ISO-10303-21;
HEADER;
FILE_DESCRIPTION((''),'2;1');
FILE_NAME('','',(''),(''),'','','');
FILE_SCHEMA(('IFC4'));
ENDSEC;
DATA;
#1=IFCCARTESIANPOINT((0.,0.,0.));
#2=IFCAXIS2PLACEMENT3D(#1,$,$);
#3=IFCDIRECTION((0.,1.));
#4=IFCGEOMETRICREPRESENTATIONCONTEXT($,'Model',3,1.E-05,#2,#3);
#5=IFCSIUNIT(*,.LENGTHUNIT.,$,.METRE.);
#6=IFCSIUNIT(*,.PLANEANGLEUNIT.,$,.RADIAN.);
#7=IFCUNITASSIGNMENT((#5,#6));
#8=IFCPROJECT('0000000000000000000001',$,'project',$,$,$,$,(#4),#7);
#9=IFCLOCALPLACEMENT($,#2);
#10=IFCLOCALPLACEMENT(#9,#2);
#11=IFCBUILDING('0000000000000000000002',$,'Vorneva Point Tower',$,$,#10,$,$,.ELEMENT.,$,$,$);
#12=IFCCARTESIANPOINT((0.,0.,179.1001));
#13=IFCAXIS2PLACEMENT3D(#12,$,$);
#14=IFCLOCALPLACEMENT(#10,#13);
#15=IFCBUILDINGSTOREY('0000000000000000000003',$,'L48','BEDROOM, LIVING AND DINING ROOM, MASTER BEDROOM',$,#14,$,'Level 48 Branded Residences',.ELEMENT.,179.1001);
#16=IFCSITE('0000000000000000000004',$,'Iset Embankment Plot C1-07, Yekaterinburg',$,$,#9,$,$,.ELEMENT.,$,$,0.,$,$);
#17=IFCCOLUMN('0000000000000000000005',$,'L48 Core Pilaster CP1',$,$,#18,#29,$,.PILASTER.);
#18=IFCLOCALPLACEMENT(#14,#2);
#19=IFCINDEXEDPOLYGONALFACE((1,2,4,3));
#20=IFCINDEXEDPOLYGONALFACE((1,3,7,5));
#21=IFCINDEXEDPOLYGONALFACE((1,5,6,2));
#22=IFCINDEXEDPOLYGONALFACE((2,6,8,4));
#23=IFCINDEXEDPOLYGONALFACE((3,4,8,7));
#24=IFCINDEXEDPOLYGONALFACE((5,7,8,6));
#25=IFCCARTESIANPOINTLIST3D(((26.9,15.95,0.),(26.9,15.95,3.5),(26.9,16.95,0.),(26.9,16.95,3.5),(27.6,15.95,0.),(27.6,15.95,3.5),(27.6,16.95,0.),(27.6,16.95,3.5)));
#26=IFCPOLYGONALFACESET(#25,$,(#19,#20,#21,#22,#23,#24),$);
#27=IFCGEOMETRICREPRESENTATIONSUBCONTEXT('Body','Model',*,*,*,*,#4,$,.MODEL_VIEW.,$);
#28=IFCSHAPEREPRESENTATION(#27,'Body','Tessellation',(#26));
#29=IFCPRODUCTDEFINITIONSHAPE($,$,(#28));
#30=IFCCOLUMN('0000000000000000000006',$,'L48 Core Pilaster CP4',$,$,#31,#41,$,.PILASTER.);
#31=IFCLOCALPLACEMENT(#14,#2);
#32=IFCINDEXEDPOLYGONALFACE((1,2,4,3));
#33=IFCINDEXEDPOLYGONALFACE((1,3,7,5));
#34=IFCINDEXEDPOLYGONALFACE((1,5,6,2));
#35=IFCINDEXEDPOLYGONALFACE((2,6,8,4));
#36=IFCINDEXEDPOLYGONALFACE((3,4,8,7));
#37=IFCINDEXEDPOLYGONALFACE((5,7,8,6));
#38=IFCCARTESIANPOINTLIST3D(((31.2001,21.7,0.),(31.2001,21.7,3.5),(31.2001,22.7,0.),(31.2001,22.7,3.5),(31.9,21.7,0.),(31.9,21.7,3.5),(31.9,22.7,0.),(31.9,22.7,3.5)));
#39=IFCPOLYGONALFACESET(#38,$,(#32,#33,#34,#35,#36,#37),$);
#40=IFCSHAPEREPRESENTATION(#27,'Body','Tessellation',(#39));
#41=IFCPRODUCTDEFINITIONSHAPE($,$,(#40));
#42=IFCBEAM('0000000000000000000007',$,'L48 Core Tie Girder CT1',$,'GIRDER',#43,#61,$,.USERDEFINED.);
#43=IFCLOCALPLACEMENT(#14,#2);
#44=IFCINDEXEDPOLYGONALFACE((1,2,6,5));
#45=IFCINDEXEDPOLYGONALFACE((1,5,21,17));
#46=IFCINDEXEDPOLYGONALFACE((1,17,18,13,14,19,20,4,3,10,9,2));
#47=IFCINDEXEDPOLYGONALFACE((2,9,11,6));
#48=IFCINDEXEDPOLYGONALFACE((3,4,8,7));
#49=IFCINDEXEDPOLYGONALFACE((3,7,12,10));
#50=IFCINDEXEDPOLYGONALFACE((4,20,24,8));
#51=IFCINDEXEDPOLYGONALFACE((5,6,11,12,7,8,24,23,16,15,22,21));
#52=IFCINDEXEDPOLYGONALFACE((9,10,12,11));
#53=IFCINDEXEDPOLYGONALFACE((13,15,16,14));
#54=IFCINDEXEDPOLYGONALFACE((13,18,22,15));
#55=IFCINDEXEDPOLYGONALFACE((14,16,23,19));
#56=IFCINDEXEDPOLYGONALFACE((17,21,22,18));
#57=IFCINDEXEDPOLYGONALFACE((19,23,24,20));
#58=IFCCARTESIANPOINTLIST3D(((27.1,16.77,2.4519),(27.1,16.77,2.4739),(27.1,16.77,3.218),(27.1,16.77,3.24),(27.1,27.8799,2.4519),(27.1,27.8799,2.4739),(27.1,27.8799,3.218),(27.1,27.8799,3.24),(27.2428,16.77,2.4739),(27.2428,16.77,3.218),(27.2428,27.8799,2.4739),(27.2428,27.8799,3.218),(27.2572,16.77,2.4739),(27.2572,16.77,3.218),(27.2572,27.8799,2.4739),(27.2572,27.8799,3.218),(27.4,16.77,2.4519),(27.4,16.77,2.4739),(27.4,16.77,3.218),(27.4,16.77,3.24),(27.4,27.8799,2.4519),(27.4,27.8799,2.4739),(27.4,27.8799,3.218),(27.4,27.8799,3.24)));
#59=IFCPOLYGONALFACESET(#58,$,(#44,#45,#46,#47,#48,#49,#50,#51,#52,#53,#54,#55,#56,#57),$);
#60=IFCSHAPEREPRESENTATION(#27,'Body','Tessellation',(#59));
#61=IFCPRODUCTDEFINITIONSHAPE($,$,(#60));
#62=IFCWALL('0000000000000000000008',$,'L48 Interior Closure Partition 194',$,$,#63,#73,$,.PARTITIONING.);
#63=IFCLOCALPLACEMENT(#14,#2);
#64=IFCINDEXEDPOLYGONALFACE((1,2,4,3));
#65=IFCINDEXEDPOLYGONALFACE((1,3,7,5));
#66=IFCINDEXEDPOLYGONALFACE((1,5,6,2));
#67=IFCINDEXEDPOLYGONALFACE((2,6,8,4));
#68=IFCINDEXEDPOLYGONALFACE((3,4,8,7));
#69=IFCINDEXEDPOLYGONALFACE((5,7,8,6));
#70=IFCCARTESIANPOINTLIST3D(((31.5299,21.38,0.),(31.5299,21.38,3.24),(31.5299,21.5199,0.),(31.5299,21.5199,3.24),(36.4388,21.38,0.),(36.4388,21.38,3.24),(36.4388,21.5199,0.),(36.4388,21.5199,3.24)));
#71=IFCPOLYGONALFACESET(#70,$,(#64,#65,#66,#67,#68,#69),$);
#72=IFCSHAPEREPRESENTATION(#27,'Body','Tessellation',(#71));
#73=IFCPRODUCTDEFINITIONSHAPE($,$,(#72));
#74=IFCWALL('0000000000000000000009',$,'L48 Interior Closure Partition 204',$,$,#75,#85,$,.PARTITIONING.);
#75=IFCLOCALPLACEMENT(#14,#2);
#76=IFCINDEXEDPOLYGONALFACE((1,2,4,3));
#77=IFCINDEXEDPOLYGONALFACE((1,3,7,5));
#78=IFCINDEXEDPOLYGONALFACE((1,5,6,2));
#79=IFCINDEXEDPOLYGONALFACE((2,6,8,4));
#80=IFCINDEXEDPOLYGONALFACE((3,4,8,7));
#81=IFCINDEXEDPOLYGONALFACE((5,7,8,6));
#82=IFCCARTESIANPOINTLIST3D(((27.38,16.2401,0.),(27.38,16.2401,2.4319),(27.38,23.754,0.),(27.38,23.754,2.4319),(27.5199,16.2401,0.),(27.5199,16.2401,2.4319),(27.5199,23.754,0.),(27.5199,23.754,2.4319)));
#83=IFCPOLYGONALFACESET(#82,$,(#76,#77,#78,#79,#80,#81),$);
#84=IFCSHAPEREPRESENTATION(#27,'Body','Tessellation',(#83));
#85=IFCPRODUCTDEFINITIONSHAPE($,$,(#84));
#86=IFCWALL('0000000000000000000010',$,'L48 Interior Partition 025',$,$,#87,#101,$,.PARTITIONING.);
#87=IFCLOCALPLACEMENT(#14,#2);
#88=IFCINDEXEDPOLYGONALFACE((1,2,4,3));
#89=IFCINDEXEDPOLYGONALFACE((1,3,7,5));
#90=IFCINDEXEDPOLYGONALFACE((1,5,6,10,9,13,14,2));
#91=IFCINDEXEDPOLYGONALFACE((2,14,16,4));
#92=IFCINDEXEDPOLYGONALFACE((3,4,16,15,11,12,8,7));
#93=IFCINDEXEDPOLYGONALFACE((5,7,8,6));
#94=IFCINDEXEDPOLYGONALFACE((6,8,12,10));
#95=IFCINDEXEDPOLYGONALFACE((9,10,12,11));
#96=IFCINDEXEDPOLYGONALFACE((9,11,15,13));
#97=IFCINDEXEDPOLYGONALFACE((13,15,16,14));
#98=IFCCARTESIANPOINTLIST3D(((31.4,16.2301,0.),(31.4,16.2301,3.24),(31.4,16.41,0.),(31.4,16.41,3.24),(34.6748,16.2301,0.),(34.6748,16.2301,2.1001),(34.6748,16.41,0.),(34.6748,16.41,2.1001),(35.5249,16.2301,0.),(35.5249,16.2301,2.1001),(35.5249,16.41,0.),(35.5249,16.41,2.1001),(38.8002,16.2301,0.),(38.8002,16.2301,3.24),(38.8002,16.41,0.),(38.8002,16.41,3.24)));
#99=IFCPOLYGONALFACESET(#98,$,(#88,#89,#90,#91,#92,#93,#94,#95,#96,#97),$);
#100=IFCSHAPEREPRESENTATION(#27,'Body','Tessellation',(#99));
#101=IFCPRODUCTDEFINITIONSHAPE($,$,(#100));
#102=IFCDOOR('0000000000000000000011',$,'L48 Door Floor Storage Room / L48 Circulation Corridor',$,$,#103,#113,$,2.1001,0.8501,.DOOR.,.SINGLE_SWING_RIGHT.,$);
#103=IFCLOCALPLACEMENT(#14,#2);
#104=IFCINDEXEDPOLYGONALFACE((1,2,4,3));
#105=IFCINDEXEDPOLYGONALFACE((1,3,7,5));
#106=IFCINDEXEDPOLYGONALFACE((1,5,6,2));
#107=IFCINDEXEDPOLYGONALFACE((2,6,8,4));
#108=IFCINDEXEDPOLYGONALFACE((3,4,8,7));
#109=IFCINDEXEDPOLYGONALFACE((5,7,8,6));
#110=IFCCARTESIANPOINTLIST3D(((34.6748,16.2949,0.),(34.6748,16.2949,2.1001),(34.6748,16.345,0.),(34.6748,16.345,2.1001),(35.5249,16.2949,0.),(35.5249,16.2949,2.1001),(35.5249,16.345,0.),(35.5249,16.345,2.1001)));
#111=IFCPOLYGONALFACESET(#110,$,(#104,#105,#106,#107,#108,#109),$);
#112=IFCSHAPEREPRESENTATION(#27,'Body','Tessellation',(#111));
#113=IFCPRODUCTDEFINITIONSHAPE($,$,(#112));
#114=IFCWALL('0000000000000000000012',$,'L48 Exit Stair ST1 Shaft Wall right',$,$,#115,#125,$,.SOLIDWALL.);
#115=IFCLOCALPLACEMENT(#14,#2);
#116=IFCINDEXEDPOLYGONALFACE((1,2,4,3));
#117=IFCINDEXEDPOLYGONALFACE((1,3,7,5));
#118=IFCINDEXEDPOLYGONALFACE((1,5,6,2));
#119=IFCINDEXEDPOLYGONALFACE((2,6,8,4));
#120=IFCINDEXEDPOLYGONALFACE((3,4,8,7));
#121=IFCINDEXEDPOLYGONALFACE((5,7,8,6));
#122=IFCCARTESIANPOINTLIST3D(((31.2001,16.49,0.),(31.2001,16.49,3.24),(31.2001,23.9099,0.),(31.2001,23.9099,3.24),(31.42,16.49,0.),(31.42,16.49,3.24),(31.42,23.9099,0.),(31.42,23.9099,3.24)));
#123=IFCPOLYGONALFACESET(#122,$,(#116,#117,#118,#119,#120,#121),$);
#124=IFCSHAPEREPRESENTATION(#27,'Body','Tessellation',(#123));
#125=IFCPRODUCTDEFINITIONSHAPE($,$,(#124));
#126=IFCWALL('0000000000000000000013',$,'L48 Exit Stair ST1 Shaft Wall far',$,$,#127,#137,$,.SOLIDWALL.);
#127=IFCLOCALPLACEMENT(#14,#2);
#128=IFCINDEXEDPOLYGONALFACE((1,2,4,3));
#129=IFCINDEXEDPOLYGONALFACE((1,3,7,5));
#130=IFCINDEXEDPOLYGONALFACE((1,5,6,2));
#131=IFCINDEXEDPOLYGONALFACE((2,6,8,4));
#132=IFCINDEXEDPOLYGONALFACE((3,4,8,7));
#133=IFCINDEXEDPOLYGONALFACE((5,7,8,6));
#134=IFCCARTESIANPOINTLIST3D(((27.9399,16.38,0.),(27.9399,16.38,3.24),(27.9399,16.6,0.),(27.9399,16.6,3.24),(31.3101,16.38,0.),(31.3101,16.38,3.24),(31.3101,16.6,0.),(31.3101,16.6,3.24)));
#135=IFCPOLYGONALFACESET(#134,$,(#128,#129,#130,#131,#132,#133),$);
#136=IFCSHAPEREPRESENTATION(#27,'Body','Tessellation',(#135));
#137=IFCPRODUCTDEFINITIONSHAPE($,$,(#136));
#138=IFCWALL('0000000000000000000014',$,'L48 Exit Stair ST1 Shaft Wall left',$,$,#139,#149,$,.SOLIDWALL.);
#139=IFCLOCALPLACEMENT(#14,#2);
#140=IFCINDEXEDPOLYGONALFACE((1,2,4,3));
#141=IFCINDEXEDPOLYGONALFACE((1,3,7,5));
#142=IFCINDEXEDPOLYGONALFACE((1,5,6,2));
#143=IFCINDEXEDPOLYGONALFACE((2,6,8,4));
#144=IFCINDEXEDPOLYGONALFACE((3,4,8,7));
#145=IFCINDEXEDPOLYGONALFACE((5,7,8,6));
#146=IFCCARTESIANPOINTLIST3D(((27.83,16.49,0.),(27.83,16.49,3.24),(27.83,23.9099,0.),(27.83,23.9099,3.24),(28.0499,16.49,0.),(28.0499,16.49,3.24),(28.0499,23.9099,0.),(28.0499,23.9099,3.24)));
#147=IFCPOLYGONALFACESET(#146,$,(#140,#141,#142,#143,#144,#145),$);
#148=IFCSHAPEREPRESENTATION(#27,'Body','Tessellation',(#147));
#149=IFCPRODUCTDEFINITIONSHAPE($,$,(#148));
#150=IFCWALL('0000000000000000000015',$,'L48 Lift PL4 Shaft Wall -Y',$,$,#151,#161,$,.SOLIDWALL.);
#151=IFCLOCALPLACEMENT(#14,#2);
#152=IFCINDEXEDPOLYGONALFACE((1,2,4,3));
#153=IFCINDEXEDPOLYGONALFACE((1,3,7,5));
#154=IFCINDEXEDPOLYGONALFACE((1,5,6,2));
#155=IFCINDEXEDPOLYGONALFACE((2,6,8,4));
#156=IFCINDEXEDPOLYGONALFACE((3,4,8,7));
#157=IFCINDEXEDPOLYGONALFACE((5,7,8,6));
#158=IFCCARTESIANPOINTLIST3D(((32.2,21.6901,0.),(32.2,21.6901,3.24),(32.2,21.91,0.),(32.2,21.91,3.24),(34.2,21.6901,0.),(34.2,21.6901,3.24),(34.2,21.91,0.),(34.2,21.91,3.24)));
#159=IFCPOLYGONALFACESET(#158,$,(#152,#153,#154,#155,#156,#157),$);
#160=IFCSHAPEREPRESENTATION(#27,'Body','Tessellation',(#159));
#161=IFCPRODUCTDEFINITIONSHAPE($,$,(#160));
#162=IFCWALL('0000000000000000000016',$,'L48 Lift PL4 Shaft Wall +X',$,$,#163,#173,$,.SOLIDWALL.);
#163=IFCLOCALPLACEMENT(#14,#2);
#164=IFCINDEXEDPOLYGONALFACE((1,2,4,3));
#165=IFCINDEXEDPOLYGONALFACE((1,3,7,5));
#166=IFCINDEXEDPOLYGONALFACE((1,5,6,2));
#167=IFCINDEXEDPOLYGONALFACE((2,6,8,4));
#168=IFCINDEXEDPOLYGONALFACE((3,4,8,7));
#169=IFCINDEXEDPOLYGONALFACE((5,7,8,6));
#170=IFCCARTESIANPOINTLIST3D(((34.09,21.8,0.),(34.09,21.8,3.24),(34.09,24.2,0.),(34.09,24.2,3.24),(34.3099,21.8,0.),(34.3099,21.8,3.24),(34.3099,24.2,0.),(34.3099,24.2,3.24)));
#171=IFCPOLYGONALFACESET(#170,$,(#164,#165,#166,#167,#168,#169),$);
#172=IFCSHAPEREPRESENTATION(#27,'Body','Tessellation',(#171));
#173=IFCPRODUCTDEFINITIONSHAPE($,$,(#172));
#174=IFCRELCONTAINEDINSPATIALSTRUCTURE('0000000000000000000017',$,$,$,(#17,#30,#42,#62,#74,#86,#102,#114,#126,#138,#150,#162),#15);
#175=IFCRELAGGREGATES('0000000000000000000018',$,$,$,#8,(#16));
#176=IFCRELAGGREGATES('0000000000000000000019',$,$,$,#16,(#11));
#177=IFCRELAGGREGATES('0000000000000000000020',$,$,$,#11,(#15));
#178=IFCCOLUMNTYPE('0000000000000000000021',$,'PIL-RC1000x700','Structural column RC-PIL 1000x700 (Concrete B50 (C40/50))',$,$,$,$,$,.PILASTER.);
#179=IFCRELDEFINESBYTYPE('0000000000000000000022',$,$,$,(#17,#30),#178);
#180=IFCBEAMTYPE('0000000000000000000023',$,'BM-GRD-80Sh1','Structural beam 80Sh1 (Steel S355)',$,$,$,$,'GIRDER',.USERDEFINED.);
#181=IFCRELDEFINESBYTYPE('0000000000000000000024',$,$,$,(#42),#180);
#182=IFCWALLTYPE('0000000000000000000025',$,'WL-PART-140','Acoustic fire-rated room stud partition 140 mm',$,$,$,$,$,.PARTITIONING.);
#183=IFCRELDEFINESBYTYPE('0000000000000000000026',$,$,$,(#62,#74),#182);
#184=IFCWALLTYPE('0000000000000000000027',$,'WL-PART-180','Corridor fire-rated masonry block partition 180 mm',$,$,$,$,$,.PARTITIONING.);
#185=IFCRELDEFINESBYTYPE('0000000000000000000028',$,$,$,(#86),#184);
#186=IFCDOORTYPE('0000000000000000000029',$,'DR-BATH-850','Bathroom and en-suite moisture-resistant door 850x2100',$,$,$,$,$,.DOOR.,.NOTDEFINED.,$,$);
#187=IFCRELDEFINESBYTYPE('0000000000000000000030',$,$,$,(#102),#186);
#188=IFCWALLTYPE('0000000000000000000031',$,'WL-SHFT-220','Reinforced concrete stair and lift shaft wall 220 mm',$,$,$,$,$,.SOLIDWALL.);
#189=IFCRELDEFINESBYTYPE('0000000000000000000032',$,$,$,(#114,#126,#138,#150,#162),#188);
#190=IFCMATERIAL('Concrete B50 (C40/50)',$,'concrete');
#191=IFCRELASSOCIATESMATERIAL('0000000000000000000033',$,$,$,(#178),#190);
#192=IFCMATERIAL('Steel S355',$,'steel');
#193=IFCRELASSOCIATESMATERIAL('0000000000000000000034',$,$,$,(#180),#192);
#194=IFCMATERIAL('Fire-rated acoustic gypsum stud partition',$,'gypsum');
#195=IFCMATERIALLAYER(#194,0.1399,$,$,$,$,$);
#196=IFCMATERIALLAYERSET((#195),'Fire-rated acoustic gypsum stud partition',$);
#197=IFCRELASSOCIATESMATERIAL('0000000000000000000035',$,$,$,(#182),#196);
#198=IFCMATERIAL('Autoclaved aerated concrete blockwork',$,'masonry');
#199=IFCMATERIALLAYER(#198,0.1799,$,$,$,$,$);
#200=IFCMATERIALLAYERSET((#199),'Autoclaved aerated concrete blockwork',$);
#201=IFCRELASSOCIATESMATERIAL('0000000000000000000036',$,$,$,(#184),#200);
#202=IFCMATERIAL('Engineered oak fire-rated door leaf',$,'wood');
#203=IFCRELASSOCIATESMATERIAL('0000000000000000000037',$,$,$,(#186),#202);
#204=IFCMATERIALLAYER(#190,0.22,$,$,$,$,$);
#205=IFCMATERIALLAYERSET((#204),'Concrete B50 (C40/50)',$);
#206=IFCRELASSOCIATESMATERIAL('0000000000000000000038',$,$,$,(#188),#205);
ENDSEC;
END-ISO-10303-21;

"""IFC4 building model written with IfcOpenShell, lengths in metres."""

from ifc_helpers import new_model, si_unit, direction, frame, frame_2d, origin, origin_2d, place, context, subcontext, project, spatial, rectangle, i_section, extrude, material, layer, layer_set, material_profile, profile_set, type_object, element, fill, save


model = new_model("IFC4")

# Units and contexts
model_context = context("Model", 3, precision=1e-05, world=origin(), true_north=direction((0.0, 1.0)))
body_context = subcontext(model_context, "Body", "Model", "MODEL_VIEW")
ifc_project = project(units=[si_unit("LENGTHUNIT", "METRE"), si_unit("PLANEANGLEUNIT", "RADIAN")], contexts=[model_context])

# Site, building, storey
site_placement = place(None, origin())
site = spatial("IfcSite", under=ifc_project, at=site_placement, Name="Iset Embankment Plot C1-07, Yekaterinburg", CompositionType="ELEMENT", RefElevation=0.0)
building_placement = place(site_placement, origin())
building = spatial("IfcBuilding", under=site, at=building_placement, Name="Vorneva Point Tower", CompositionType="ELEMENT")
storey_placement = place(building_placement, frame((0.0, 0.0, 179.1001)))
storey = spatial("IfcBuildingStorey", under=building, at=storey_placement, Name="L48", Description="BEDROOM, LIVING AND DINING ROOM, MASTER BEDROOM", LongName="Level 48 Branded Residences", CompositionType="ELEMENT", Elevation=179.1001)

# Columns
ifc_material_1 = material(Name="Concrete B50 (C40/50)", Category="concrete")
ifc_material_profile_1 = material_profile(ifc_material_1, rectangle(XDim=0.7, YDim=1.0, at=origin_2d()), Name="RC-PIL 1000x700")
ifc_profile_set_1 = profile_set([ifc_material_profile_1], Name="Concrete B50 (C40/50)")
column_type = type_object("IfcColumnType", Name="PIL-RC1000x700", Description="Structural column RC-PIL 1000x700 (Concrete B50 (C40/50))", PredefinedType="PILASTER", material=ifc_profile_set_1)
for number, where, z_axis, x_axis, name in (
    (1, (27.25, 16.45, 0.0), (0.0, 0.0, 1.0), (1.0, 0.0, 0.0), "L48 Core Pilaster CP1"),
    (2, (31.55, 22.2, 0.0), (0.0, 0.0, 1.0), (1.0, 0.0, 0.0), "L48 Core Pilaster CP4"),
):
    element("IfcColumn", number, at=place(storey_placement, frame(where, z_axis=z_axis, x_axis=x_axis)), inside=storey, type_object=column_type, Name=name, PredefinedType="PILASTER", context=body_context, shape_type="SweptSolid", body=[
        extrude(rectangle(XDim=0.7, YDim=1.0, at=origin_2d()), origin(), (0.0, 0.0, 1.0), 3.5),
    ])

# Beam
ifc_material_2 = material(Name="Steel S355", Category="steel")
ifc_material_profile_2 = material_profile(ifc_material_2, i_section(OverallWidth=0.3, OverallDepth=0.7881, WebThickness=0.0144, FlangeThickness=0.022, at=origin_2d()), Name="80Sh1")
ifc_profile_set_2 = profile_set([ifc_material_profile_2], Name="Steel S355")
beam_type = type_object("IfcBeamType", Name="BM-GRD-80Sh1", Description="Structural beam 80Sh1 (Steel S355)", ElementType="GIRDER", PredefinedType="USERDEFINED", material=ifc_profile_set_2)
beam_placement = place(storey_placement, frame((27.25, 16.77, 2.8459), z_axis=(0.0, 1.0, 0.0), x_axis=(-1.0, 0.0, 0.0)))
element("IfcBeam", 3, at=beam_placement, inside=storey, type_object=beam_type, Name="L48 Core Tie Girder CT1", ObjectType="GIRDER", PredefinedType="USERDEFINED", context=body_context, shape_type="SweptSolid", body=[
    extrude(i_section(OverallWidth=0.3, OverallDepth=0.7881, WebThickness=0.0144, FlangeThickness=0.022, at=origin_2d()), origin(), (0.0, 0.0, 1.0), 11.1099),
])

# Walls
ifc_material_3 = material(Name="Fire-rated acoustic gypsum stud partition", Category="gypsum")
ifc_layer_1 = layer(ifc_material_3, 0.1399)
ifc_layer_set_1 = layer_set([ifc_layer_1], Name="Fire-rated acoustic gypsum stud partition")
wall_type_1 = type_object("IfcWallType", Name="WL-PART-140", Description="Acoustic fire-rated room stud partition 140 mm", PredefinedType="PARTITIONING", material=ifc_layer_set_1)
wall_1_placement = place(storey_placement, frame((36.439, 21.45, 0.0), z_axis=(0.0, 0.0, 1.0), x_axis=(-1.0, 0.0, 0.0)))
element("IfcWall", 4, at=wall_1_placement, inside=storey, type_object=wall_type_1, Name="L48 Interior Closure Partition 194", PredefinedType="PARTITIONING", context=body_context, shape_type="SweptSolid", body=[
    extrude(rectangle(XDim=4.9089, YDim=0.1399, at=frame_2d((2.4546, 0.0))), origin(), (0.0, 0.0, 1.0), 3.24),
])
wall_2_placement = place(storey_placement, frame((27.45, 23.7539, 0.0), z_axis=(0.0, 0.0, 1.0), x_axis=(0.0, -1.0, 0.0)))
element("IfcWall", 5, at=wall_2_placement, inside=storey, type_object=wall_type_1, Name="L48 Interior Closure Partition 204", PredefinedType="PARTITIONING", context=body_context, shape_type="SweptSolid", body=[
    extrude(rectangle(XDim=7.5139, YDim=0.1399, at=frame_2d((3.7568, 0.0))), origin(), (0.0, 0.0, 1.0), 2.4319),
])

# Wall, opening, door
ifc_material_4 = material(Name="Autoclaved aerated concrete blockwork", Category="masonry")
ifc_layer_2 = layer(ifc_material_4, 0.1799)
ifc_layer_set_2 = layer_set([ifc_layer_2], Name="Autoclaved aerated concrete blockwork")
wall_type_2 = type_object("IfcWallType", Name="WL-PART-180", Description="Corridor fire-rated masonry block partition 180 mm", PredefinedType="PARTITIONING", material=ifc_layer_set_2)
wall_3_placement = place(storey_placement, frame((31.3999, 16.3201, 0.0), z_axis=(0.0, 0.0, 1.0), x_axis=(1.0, 0.0, 0.0)))
wall_3 = element("IfcWall", 6, at=wall_3_placement, inside=storey, type_object=wall_type_2, Name="L48 Interior Partition 025", PredefinedType="PARTITIONING", context=body_context, shape_type="SweptSolid", body=[
    extrude(rectangle(XDim=7.4001, YDim=0.1799, at=frame_2d((3.7002, 0.0))), origin(), (0.0, 0.0, 1.0), 3.24),
])
opening_1_placement = place(wall_3_placement, frame((3.2749, 0.0, 0.0)))
opening_1 = element("IfcOpeningElement", 7, at=opening_1_placement, cuts=wall_3, PredefinedType="OPENING", context=body_context, shape_type="SweptSolid", body=[
    extrude(rectangle(XDim=0.8501, YDim=2.1001, at=frame_2d((0.425, 1.05))), frame((0.0, 0.105, 0.0), z_axis=(0.0, -1.0, 0.0), x_axis=(1.0, 0.0, 0.0)), (0.0, 0.0, 1.0), 0.2097),
])
ifc_material_5 = material(Name="Engineered oak fire-rated door leaf", Category="wood")
door_type_1 = type_object("IfcDoorType", Name="DR-BATH-850", Description="Bathroom and en-suite moisture-resistant door 850x2100", OperationType="NOTDEFINED", PredefinedType="DOOR", material=ifc_material_5)
door_1_placement = place(opening_1_placement, origin())
door_1 = element("IfcDoor", 8, at=door_1_placement, inside=storey, type_object=door_type_1, Name="L48 Door Floor Storage Room / L48 Circulation Corridor", OperationType="SINGLE_SWING_RIGHT", OverallHeight=2.1001, OverallWidth=0.8501, PredefinedType="DOOR", context=body_context, shape_type="SweptSolid", body=[
    extrude(rectangle(XDim=0.8501, YDim=2.1001, at=frame_2d((0.425, 1.05))), frame((0.0, 0.0249, 0.0), z_axis=(0.0, -1.0, 0.0), x_axis=(1.0, 0.0, 0.0)), (0.0, 0.0, 1.0), 0.05),
])
fill(opening_1, door_1)
ifc_layer_3 = layer(ifc_material_1, 0.22)
ifc_layer_set_3 = layer_set([ifc_layer_3], Name="Concrete B50 (C40/50)")
wall_type_3 = type_object("IfcWallType", Name="WL-SHFT-220", Description="Reinforced concrete stair and lift shaft wall 220 mm", PredefinedType="SOLIDWALL", material=ifc_layer_set_3)

# Walls
wall_4_placement = place(storey_placement, frame((31.3101, 23.9099, 0.0), z_axis=(0.0, 0.0, 1.0), x_axis=(0.0, -1.0, 0.0)))
element("IfcWall", 9, at=wall_4_placement, inside=storey, type_object=wall_type_3, Name="L48 Exit Stair ST1 Shaft Wall right", PredefinedType="SOLIDWALL", context=body_context, shape_type="SweptSolid", body=[
    extrude(rectangle(XDim=7.4199, YDim=0.22, at=frame_2d((3.71, 0.0))), origin(), (0.0, 0.0, 1.0), 3.24),
])
wall_5_placement = place(storey_placement, frame((31.3101, 16.49, 0.0), z_axis=(0.0, 0.0, 1.0), x_axis=(-1.0, 0.0, 0.0)))
element("IfcWall", 10, at=wall_5_placement, inside=storey, type_object=wall_type_3, Name="L48 Exit Stair ST1 Shaft Wall far", PredefinedType="SOLIDWALL", context=body_context, shape_type="SweptSolid", body=[
    extrude(rectangle(XDim=3.3701, YDim=0.22, at=frame_2d((1.6851, 0.0))), origin(), (0.0, 0.0, 1.0), 3.24),
])
wall_6_placement = place(storey_placement, frame((27.9399, 16.49, 0.0), z_axis=(0.0, 0.0, 1.0), x_axis=(0.0, 1.0, 0.0)))
element("IfcWall", 11, at=wall_6_placement, inside=storey, type_object=wall_type_3, Name="L48 Exit Stair ST1 Shaft Wall left", PredefinedType="SOLIDWALL", context=body_context, shape_type="SweptSolid", body=[
    extrude(rectangle(XDim=7.4199, YDim=0.22, at=frame_2d((3.71, 0.0))), origin(), (0.0, 0.0, 1.0), 3.24),
])
wall_7_placement = place(storey_placement, frame((32.2, 21.8, 0.0), z_axis=(0.0, 0.0, 1.0), x_axis=(1.0, 0.0, 0.0)))
element("IfcWall", 12, at=wall_7_placement, inside=storey, type_object=wall_type_3, Name="L48 Lift PL4 Shaft Wall -Y", PredefinedType="SOLIDWALL", context=body_context, shape_type="SweptSolid", body=[
    extrude(rectangle(XDim=2.0, YDim=0.22, at=frame_2d((1.0, 0.0))), origin(), (0.0, 0.0, 1.0), 3.24),
])
wall_8_placement = place(storey_placement, frame((34.2, 21.8, 0.0), z_axis=(0.0, 0.0, 1.0), x_axis=(0.0, 1.0, 0.0)))
element("IfcWall", 13, at=wall_8_placement, inside=storey, type_object=wall_type_3, Name="L48 Lift PL4 Shaft Wall +X", PredefinedType="SOLIDWALL", context=body_context, shape_type="SweptSolid", body=[
    extrude(rectangle(XDim=2.3999, YDim=0.22, at=frame_2d((1.2, 0.0))), origin(), (0.0, 0.0, 1.0), 3.24),
])

save(model, "model.ifc")
